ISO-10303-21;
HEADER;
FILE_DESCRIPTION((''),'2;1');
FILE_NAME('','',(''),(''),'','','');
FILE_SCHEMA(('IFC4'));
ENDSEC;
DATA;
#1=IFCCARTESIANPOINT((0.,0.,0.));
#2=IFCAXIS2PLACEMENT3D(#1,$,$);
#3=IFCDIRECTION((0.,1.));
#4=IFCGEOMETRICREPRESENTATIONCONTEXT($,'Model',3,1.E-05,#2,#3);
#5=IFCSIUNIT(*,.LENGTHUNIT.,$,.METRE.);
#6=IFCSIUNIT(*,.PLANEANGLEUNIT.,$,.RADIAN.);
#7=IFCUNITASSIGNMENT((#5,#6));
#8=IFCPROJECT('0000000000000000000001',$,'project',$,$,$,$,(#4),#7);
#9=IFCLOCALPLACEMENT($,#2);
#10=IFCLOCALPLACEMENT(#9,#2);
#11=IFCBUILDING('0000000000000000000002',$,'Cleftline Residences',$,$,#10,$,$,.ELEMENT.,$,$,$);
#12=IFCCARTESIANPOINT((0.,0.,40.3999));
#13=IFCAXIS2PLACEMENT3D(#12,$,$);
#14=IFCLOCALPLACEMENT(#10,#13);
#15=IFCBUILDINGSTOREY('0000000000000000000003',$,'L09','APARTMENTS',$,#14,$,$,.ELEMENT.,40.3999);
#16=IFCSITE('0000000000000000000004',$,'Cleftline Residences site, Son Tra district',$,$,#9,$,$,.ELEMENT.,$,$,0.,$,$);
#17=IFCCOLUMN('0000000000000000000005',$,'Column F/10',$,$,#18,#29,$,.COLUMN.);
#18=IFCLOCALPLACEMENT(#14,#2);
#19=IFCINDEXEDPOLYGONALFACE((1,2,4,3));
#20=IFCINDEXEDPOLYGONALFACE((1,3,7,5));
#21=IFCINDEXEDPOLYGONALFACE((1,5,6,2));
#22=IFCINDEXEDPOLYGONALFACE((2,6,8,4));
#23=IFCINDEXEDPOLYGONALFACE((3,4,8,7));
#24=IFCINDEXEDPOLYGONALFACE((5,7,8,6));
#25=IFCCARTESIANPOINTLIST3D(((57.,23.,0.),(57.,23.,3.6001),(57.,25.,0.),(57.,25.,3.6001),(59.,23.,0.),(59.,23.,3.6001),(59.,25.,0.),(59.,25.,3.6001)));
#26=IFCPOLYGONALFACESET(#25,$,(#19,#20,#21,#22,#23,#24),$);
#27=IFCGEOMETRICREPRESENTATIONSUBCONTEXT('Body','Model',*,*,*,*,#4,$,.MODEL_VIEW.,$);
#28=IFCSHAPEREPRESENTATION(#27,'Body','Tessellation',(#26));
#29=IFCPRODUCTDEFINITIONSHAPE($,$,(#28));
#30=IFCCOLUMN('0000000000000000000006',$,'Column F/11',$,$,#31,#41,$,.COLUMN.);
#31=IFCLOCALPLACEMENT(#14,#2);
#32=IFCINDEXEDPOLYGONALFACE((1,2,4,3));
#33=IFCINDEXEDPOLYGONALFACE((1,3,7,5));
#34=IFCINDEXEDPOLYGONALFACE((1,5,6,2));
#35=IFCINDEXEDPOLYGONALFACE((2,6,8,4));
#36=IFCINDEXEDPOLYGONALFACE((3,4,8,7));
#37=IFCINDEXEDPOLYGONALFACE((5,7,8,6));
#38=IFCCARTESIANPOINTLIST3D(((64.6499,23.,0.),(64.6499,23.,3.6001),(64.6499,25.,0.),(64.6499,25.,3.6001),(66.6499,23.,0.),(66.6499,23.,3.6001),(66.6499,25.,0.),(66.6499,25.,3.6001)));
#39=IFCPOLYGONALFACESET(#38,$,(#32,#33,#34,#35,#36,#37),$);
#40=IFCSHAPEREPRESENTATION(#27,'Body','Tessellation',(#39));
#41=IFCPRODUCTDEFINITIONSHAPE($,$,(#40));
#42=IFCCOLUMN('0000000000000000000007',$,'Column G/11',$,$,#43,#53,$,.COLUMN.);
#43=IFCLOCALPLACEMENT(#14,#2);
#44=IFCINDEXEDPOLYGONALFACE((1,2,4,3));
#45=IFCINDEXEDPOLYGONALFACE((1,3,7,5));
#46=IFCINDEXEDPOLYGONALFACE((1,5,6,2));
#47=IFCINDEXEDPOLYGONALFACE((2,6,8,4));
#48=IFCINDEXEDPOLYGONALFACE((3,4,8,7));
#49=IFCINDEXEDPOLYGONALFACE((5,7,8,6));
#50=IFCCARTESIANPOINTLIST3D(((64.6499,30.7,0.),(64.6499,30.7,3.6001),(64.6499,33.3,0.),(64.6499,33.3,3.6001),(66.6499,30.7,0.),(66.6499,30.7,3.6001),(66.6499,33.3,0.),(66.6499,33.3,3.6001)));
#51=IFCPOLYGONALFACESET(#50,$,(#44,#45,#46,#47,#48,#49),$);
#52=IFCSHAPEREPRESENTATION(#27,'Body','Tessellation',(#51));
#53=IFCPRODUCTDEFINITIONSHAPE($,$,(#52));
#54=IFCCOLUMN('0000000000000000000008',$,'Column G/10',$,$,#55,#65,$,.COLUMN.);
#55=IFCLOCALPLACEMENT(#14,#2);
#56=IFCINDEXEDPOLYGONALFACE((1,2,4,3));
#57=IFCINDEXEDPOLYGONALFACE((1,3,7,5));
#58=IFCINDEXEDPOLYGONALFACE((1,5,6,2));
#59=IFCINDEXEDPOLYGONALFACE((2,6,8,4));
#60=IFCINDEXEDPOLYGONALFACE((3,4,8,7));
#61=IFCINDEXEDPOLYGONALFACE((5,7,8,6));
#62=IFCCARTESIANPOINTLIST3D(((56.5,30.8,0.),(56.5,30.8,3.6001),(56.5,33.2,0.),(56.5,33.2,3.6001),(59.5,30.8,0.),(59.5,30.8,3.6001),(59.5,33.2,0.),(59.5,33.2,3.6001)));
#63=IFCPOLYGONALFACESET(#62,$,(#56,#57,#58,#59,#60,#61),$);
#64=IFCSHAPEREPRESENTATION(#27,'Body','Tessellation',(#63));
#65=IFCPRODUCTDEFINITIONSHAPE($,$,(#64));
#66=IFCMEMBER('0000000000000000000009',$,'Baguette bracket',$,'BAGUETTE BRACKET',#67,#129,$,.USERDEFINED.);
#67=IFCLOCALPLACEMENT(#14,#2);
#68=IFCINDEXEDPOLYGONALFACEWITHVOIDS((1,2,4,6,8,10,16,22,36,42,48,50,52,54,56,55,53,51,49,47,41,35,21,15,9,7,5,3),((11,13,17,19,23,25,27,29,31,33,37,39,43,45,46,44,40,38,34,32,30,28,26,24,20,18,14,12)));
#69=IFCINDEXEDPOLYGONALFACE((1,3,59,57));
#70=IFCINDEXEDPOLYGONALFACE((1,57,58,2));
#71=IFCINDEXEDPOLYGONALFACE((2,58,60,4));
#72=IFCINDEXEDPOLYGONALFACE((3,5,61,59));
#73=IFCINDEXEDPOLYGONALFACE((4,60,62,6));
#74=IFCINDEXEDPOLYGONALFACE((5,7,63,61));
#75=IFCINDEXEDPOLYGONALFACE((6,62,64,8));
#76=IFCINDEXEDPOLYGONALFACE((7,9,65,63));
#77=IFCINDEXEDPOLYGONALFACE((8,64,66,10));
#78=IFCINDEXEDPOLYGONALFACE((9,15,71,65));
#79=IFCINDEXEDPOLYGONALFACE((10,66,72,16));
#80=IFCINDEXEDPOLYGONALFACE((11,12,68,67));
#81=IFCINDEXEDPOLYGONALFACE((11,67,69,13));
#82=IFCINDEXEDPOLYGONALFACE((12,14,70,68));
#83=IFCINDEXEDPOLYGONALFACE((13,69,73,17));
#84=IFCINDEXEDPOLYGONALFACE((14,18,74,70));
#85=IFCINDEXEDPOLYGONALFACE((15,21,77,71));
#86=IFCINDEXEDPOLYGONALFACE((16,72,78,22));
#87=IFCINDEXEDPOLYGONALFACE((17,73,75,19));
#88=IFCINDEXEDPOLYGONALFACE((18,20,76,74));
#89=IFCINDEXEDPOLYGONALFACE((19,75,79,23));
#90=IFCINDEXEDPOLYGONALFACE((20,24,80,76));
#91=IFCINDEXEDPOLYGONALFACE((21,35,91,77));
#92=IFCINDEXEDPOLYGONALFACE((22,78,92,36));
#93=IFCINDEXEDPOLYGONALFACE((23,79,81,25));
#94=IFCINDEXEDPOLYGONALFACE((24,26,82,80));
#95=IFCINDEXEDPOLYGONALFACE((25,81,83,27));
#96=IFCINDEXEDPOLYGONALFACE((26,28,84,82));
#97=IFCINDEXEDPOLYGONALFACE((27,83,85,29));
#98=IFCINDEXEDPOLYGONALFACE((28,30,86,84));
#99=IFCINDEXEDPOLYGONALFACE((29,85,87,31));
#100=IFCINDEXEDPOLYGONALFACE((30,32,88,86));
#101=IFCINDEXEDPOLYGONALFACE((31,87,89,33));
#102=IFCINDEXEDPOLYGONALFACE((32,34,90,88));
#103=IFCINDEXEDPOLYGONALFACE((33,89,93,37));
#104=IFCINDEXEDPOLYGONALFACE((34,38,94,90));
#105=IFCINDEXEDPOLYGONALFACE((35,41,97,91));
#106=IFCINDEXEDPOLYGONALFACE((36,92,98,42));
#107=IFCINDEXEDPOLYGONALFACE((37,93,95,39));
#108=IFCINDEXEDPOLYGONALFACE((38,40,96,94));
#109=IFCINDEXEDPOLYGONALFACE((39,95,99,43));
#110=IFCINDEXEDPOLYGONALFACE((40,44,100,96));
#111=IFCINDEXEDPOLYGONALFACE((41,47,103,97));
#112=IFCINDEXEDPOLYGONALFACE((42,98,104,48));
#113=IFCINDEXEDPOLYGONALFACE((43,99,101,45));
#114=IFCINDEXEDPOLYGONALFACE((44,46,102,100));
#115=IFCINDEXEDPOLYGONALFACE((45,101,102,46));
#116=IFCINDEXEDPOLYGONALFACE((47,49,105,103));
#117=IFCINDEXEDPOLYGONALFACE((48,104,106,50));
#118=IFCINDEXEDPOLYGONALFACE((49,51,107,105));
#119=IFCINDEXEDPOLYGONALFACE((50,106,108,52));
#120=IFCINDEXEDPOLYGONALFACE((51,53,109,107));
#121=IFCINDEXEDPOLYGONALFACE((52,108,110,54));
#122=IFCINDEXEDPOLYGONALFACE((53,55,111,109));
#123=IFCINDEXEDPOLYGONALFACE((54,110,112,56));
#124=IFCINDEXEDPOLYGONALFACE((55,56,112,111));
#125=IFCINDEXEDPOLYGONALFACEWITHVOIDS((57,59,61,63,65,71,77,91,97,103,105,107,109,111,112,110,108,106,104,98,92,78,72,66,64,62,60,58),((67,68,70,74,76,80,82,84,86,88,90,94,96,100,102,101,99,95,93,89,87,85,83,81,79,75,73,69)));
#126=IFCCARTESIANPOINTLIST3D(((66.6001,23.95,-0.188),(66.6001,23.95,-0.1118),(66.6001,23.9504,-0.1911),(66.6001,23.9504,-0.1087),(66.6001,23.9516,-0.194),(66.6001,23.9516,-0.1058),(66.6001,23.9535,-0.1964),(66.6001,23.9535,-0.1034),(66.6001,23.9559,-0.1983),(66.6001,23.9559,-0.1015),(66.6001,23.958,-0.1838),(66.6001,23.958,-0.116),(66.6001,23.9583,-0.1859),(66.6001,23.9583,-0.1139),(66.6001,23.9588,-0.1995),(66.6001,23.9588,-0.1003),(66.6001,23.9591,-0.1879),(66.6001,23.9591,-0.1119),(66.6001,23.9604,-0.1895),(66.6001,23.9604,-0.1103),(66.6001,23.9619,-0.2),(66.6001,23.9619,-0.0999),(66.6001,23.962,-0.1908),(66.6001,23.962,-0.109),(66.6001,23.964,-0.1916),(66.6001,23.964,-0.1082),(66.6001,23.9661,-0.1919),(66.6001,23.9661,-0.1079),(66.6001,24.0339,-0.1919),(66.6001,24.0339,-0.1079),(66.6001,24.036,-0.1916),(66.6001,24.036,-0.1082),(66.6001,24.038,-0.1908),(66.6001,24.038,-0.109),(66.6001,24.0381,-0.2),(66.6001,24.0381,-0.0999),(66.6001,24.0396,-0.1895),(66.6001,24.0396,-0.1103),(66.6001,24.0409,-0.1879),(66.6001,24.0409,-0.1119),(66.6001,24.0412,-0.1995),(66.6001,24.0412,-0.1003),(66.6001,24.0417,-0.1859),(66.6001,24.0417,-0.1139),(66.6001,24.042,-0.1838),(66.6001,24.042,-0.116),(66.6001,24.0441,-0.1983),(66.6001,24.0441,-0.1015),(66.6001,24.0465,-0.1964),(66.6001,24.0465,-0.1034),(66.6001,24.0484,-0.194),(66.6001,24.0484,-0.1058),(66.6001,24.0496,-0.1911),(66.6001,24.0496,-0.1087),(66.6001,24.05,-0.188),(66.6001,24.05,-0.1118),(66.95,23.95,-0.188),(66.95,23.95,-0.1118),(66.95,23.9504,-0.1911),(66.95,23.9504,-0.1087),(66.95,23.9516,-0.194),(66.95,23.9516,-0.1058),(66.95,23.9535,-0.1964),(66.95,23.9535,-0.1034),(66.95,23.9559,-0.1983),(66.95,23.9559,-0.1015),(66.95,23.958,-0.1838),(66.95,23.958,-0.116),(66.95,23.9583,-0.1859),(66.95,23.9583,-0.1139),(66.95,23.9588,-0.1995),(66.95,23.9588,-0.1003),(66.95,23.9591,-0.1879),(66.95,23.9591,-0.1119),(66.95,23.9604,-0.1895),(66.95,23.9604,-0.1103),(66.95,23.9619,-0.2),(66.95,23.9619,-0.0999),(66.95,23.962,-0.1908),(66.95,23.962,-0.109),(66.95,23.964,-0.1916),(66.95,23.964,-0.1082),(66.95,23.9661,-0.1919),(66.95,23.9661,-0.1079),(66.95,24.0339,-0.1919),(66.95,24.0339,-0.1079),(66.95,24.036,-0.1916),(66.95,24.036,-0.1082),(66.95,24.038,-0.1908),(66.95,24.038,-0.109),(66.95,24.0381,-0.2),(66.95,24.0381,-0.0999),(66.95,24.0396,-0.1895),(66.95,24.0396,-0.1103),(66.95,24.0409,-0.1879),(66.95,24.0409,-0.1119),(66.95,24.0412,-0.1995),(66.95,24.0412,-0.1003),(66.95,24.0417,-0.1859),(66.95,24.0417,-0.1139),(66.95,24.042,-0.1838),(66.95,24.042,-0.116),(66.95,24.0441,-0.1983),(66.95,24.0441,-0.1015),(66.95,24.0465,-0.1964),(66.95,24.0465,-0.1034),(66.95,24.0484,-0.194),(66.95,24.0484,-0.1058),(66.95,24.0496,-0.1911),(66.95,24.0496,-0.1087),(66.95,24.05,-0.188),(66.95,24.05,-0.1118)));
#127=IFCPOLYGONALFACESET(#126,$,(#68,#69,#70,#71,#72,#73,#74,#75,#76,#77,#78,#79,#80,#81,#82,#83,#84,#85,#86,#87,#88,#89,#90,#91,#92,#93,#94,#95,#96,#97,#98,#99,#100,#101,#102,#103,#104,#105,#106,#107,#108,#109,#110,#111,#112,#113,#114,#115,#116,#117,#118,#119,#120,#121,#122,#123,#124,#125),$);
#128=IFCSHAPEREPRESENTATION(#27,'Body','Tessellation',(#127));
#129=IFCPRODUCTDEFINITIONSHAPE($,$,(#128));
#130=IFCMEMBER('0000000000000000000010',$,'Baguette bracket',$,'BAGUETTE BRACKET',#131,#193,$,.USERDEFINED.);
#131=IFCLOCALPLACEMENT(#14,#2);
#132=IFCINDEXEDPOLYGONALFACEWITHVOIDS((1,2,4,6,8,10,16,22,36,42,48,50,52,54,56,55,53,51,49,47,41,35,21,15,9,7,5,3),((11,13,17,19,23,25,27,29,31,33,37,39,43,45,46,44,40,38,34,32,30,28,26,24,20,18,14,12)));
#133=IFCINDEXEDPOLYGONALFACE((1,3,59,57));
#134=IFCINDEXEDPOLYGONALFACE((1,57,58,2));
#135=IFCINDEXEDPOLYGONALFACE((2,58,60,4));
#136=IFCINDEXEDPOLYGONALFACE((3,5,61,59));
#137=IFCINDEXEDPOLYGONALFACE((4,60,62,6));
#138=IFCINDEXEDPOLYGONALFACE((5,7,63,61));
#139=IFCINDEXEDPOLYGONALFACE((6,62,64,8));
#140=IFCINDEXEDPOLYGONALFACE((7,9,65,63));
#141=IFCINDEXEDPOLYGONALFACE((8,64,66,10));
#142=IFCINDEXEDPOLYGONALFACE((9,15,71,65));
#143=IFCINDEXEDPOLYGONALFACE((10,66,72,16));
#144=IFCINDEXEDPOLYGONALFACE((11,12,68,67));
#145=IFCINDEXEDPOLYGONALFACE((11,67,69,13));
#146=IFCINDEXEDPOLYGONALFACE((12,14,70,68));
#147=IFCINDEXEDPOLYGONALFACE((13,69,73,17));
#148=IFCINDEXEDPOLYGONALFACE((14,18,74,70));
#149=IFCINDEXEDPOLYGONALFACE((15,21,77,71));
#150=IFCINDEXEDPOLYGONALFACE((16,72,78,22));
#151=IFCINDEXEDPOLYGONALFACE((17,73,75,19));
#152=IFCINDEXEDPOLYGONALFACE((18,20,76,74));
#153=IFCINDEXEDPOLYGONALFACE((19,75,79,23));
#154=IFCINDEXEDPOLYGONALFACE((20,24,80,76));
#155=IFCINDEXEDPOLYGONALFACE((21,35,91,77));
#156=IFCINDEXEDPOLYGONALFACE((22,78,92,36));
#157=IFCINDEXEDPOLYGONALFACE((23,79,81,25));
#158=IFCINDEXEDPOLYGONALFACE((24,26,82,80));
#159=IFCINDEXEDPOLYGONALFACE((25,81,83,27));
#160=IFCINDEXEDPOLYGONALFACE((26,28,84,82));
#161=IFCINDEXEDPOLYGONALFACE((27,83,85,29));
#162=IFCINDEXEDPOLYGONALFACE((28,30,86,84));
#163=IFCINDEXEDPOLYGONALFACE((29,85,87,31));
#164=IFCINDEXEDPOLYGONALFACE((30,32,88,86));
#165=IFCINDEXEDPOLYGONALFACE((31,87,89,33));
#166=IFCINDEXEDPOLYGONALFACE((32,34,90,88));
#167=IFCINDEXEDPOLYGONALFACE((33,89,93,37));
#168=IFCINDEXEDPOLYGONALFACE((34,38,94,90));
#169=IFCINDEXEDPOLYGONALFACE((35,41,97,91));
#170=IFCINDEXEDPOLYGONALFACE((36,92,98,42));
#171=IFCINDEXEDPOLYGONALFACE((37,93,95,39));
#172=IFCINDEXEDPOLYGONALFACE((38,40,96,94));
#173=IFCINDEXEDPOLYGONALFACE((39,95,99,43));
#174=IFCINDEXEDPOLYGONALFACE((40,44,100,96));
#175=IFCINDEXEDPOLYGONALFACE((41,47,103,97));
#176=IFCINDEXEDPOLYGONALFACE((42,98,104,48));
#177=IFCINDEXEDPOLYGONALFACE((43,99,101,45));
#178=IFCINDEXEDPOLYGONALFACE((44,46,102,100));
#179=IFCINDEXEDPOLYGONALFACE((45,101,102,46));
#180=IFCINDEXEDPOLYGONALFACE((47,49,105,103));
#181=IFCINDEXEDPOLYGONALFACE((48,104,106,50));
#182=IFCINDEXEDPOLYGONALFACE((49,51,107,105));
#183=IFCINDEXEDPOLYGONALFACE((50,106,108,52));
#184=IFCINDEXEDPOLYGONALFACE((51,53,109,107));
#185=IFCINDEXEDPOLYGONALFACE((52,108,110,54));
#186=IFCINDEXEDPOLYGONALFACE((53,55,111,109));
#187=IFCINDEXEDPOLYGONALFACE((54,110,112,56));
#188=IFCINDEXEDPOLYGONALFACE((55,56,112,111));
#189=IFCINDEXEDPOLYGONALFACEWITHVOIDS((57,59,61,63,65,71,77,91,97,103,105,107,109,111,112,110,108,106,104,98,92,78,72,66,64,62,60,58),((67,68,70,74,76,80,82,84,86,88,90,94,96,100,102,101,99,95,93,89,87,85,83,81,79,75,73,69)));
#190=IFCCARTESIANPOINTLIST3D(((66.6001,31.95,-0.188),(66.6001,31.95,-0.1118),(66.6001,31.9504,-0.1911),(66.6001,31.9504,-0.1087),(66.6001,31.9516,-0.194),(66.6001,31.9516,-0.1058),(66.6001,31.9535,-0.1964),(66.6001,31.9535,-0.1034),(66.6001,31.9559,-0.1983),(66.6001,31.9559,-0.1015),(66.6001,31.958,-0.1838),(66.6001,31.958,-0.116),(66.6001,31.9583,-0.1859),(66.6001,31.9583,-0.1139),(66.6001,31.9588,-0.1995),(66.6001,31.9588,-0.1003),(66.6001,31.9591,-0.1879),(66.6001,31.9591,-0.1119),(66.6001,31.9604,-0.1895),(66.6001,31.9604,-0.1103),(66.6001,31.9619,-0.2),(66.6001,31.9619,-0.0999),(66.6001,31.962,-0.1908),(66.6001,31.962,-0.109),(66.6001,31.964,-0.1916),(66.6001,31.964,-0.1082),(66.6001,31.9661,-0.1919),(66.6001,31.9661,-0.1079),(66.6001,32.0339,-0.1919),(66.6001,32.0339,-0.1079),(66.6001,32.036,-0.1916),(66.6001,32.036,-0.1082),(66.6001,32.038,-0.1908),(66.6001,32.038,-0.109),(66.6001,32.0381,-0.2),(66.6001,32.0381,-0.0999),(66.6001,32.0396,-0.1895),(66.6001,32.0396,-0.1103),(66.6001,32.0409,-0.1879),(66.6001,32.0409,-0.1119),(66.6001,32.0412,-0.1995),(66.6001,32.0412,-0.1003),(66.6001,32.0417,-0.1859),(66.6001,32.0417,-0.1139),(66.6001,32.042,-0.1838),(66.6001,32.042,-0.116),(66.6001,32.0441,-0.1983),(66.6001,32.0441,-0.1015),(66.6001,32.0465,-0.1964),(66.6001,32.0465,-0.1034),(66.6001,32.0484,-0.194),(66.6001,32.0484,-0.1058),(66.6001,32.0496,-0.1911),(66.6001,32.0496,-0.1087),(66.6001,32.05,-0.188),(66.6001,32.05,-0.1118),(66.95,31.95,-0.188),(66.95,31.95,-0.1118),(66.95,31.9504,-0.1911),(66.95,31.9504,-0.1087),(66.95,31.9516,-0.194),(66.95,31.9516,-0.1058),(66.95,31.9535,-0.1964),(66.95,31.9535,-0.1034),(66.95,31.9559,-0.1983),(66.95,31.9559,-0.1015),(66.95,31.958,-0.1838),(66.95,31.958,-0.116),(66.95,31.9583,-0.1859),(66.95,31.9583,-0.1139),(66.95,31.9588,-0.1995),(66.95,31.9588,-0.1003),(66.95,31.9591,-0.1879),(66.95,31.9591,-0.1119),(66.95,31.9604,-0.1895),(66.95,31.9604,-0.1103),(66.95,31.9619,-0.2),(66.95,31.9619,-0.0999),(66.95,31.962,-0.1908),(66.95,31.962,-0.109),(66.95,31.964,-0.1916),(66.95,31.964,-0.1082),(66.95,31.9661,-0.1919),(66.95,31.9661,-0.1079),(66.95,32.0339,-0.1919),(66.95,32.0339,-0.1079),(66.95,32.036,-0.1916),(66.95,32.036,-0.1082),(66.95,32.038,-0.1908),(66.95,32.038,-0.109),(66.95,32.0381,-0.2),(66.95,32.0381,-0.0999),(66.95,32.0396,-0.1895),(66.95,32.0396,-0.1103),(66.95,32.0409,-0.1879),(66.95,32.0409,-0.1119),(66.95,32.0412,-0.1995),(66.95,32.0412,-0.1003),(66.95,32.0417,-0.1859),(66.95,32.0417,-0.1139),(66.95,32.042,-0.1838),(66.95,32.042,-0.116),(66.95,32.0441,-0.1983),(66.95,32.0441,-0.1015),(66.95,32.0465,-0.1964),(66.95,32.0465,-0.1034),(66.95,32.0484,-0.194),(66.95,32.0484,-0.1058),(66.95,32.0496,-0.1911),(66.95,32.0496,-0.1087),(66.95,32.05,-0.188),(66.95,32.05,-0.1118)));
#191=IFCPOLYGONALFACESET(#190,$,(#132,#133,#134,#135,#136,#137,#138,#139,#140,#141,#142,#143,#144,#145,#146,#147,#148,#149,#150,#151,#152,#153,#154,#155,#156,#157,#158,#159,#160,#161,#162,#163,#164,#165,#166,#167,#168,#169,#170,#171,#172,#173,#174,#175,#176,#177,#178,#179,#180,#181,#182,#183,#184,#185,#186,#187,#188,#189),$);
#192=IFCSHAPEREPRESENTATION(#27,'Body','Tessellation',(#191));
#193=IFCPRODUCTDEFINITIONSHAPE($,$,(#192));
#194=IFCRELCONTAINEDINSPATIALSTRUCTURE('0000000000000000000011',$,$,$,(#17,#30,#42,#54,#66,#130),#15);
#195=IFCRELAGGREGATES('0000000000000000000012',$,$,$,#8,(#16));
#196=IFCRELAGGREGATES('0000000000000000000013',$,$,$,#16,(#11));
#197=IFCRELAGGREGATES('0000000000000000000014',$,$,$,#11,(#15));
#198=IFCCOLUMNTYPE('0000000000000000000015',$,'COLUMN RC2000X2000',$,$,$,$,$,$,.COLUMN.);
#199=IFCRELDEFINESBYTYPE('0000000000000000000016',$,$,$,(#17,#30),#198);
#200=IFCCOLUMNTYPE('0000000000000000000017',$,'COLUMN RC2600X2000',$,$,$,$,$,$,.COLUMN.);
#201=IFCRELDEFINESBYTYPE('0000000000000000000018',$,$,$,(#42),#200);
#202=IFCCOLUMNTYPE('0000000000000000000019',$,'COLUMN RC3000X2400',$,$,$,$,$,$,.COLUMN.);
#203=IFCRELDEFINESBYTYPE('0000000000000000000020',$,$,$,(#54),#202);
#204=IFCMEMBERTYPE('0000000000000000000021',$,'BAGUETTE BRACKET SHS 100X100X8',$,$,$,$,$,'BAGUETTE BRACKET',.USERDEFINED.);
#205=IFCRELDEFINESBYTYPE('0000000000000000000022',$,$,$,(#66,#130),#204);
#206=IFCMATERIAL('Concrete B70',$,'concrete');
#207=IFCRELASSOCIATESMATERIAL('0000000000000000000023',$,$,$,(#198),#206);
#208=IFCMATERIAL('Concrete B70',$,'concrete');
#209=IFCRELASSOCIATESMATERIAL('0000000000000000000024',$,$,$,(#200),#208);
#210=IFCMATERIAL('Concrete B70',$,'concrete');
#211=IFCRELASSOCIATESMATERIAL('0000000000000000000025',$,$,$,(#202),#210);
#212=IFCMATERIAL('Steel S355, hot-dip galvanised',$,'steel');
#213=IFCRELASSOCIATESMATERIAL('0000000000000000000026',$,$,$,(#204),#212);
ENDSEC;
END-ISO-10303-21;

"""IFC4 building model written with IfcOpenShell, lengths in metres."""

from ifc_helpers import new_model, si_unit, direction, frame, origin, origin_2d, place, context, subcontext, project, spatial, rectangle, hollow_rectangle, extrude, material, material_profile, profile_set, type_object, element, save


model = new_model("IFC4")

# Units and contexts
model_context = context("Model", 3, precision=1e-05, world=origin(), true_north=direction((0.0, 1.0)))
body_context = subcontext(model_context, "Body", "Model", "MODEL_VIEW")
ifc_project = project(units=[si_unit("LENGTHUNIT", "METRE"), si_unit("PLANEANGLEUNIT", "RADIAN")], contexts=[model_context])

# Site, building, storey
site_placement = place(None, origin())
site = spatial("IfcSite", under=ifc_project, at=site_placement, Name="Cleftline Residences site, Son Tra district", CompositionType="ELEMENT", RefElevation=0.0)
building_placement = place(site_placement, origin())
building = spatial("IfcBuilding", under=site, at=building_placement, Name="Cleftline Residences", CompositionType="ELEMENT")
storey_placement = place(building_placement, frame((0.0, 0.0, 40.3999)))
storey = spatial("IfcBuildingStorey", under=building, at=storey_placement, Name="L09", Description="APARTMENTS", CompositionType="ELEMENT", Elevation=40.3999)

# Columns
ifc_material_1 = material(Name="Concrete B70", Category="concrete")
ifc_material_profile_1 = material_profile(ifc_material_1, rectangle(XDim=2.0, YDim=2.0, at=origin_2d()))
ifc_profile_set_1 = profile_set([ifc_material_profile_1], Name="Concrete B70")
column_type_1 = type_object("IfcColumnType", Name="COLUMN RC2000X2000", PredefinedType="COLUMN", material=ifc_profile_set_1)
for number, where, z_axis, x_axis, name in (
    (1, (58.0, 24.0, 0.0), (0.0, 0.0, 1.0), (1.0, 0.0, 0.0), "Column F/10"),
    (2, (65.6499, 24.0, 0.0), (0.0, 0.0, 1.0), (1.0, 0.0, 0.0), "Column F/11"),
):
    element("IfcColumn", number, at=place(storey_placement, frame(where, z_axis=z_axis, x_axis=x_axis)), inside=storey, type_object=column_type_1, Name=name, PredefinedType="COLUMN", context=body_context, shape_type="SweptSolid", body=[
        extrude(rectangle(XDim=2.0, YDim=2.0, at=origin_2d()), origin(), (0.0, 0.0, 1.0), 3.6001),
    ])
ifc_material_2 = material(Name="Concrete B70", Category="concrete")
ifc_material_profile_2 = material_profile(ifc_material_2, rectangle(XDim=2.6001, YDim=2.0, at=origin_2d()))
ifc_profile_set_2 = profile_set([ifc_material_profile_2], Name="Concrete B70")
column_type_2 = type_object("IfcColumnType", Name="COLUMN RC2600X2000", PredefinedType="COLUMN", material=ifc_profile_set_2)
column_1_placement = place(storey_placement, frame((65.6499, 32.0, 0.0), z_axis=(0.0, 0.0, 1.0), x_axis=(0.0, 1.0, 0.0)))
element("IfcColumn", 3, at=column_1_placement, inside=storey, type_object=column_type_2, Name="Column G/11", PredefinedType="COLUMN", context=body_context, shape_type="SweptSolid", body=[
    extrude(rectangle(XDim=2.6001, YDim=2.0, at=origin_2d()), origin(), (0.0, 0.0, 1.0), 3.6001),
])
ifc_material_3 = material(Name="Concrete B70", Category="concrete")
ifc_material_profile_3 = material_profile(ifc_material_3, rectangle(XDim=3.0, YDim=2.3999, at=origin_2d()))
ifc_profile_set_3 = profile_set([ifc_material_profile_3], Name="Concrete B70")
column_type_3 = type_object("IfcColumnType", Name="COLUMN RC3000X2400", PredefinedType="COLUMN", material=ifc_profile_set_3)
column_2_placement = place(storey_placement, frame((58.0, 32.0, 0.0), z_axis=(0.0, 0.0, 1.0), x_axis=(1.0, 0.0, 0.0)))
element("IfcColumn", 4, at=column_2_placement, inside=storey, type_object=column_type_3, Name="Column G/10", PredefinedType="COLUMN", context=body_context, shape_type="SweptSolid", body=[
    extrude(rectangle(XDim=3.0, YDim=2.3999, at=origin_2d()), origin(), (0.0, 0.0, 1.0), 3.6001),
])

# Members
ifc_material_4 = material(Name="Steel S355, hot-dip galvanised", Category="steel")
ifc_material_profile_4 = material_profile(ifc_material_4, hollow_rectangle(XDim=0.1001, YDim=0.1001, WallThickness=0.0081, InnerFilletRadius=0.0081, OuterFilletRadius=0.012, at=origin_2d()))
ifc_profile_set_4 = profile_set([ifc_material_profile_4], Name="Steel S355, hot-dip galvanised")
member_type_1 = type_object("IfcMemberType", Name="BAGUETTE BRACKET SHS 100X100X8", ElementType="BAGUETTE BRACKET", PredefinedType="USERDEFINED", material=ifc_profile_set_4)
for number, where, z_axis, x_axis, name in (
    (5, (66.6001, 24.0, -0.1499), (1.0, 0.0, 0.0), (0.0, 1.0, 0.0), "Baguette bracket"),
    (6, (66.6001, 32.0, -0.1499), (1.0, 0.0, 0.0), (0.0, 1.0, 0.0), "Baguette bracket"),
):
    element("IfcMember", number, at=place(storey_placement, frame(where, z_axis=z_axis, x_axis=x_axis)), inside=storey, type_object=member_type_1, Name=name, ObjectType="BAGUETTE BRACKET", PredefinedType="USERDEFINED", context=body_context, shape_type="SweptSolid", body=[
        extrude(hollow_rectangle(XDim=0.1001, YDim=0.1001, WallThickness=0.0081, InnerFilletRadius=0.0081, OuterFilletRadius=0.012, at=origin_2d()), origin(), (0.0, 0.0, 1.0), 0.3499),
    ])

save(model, "model.ifc")
